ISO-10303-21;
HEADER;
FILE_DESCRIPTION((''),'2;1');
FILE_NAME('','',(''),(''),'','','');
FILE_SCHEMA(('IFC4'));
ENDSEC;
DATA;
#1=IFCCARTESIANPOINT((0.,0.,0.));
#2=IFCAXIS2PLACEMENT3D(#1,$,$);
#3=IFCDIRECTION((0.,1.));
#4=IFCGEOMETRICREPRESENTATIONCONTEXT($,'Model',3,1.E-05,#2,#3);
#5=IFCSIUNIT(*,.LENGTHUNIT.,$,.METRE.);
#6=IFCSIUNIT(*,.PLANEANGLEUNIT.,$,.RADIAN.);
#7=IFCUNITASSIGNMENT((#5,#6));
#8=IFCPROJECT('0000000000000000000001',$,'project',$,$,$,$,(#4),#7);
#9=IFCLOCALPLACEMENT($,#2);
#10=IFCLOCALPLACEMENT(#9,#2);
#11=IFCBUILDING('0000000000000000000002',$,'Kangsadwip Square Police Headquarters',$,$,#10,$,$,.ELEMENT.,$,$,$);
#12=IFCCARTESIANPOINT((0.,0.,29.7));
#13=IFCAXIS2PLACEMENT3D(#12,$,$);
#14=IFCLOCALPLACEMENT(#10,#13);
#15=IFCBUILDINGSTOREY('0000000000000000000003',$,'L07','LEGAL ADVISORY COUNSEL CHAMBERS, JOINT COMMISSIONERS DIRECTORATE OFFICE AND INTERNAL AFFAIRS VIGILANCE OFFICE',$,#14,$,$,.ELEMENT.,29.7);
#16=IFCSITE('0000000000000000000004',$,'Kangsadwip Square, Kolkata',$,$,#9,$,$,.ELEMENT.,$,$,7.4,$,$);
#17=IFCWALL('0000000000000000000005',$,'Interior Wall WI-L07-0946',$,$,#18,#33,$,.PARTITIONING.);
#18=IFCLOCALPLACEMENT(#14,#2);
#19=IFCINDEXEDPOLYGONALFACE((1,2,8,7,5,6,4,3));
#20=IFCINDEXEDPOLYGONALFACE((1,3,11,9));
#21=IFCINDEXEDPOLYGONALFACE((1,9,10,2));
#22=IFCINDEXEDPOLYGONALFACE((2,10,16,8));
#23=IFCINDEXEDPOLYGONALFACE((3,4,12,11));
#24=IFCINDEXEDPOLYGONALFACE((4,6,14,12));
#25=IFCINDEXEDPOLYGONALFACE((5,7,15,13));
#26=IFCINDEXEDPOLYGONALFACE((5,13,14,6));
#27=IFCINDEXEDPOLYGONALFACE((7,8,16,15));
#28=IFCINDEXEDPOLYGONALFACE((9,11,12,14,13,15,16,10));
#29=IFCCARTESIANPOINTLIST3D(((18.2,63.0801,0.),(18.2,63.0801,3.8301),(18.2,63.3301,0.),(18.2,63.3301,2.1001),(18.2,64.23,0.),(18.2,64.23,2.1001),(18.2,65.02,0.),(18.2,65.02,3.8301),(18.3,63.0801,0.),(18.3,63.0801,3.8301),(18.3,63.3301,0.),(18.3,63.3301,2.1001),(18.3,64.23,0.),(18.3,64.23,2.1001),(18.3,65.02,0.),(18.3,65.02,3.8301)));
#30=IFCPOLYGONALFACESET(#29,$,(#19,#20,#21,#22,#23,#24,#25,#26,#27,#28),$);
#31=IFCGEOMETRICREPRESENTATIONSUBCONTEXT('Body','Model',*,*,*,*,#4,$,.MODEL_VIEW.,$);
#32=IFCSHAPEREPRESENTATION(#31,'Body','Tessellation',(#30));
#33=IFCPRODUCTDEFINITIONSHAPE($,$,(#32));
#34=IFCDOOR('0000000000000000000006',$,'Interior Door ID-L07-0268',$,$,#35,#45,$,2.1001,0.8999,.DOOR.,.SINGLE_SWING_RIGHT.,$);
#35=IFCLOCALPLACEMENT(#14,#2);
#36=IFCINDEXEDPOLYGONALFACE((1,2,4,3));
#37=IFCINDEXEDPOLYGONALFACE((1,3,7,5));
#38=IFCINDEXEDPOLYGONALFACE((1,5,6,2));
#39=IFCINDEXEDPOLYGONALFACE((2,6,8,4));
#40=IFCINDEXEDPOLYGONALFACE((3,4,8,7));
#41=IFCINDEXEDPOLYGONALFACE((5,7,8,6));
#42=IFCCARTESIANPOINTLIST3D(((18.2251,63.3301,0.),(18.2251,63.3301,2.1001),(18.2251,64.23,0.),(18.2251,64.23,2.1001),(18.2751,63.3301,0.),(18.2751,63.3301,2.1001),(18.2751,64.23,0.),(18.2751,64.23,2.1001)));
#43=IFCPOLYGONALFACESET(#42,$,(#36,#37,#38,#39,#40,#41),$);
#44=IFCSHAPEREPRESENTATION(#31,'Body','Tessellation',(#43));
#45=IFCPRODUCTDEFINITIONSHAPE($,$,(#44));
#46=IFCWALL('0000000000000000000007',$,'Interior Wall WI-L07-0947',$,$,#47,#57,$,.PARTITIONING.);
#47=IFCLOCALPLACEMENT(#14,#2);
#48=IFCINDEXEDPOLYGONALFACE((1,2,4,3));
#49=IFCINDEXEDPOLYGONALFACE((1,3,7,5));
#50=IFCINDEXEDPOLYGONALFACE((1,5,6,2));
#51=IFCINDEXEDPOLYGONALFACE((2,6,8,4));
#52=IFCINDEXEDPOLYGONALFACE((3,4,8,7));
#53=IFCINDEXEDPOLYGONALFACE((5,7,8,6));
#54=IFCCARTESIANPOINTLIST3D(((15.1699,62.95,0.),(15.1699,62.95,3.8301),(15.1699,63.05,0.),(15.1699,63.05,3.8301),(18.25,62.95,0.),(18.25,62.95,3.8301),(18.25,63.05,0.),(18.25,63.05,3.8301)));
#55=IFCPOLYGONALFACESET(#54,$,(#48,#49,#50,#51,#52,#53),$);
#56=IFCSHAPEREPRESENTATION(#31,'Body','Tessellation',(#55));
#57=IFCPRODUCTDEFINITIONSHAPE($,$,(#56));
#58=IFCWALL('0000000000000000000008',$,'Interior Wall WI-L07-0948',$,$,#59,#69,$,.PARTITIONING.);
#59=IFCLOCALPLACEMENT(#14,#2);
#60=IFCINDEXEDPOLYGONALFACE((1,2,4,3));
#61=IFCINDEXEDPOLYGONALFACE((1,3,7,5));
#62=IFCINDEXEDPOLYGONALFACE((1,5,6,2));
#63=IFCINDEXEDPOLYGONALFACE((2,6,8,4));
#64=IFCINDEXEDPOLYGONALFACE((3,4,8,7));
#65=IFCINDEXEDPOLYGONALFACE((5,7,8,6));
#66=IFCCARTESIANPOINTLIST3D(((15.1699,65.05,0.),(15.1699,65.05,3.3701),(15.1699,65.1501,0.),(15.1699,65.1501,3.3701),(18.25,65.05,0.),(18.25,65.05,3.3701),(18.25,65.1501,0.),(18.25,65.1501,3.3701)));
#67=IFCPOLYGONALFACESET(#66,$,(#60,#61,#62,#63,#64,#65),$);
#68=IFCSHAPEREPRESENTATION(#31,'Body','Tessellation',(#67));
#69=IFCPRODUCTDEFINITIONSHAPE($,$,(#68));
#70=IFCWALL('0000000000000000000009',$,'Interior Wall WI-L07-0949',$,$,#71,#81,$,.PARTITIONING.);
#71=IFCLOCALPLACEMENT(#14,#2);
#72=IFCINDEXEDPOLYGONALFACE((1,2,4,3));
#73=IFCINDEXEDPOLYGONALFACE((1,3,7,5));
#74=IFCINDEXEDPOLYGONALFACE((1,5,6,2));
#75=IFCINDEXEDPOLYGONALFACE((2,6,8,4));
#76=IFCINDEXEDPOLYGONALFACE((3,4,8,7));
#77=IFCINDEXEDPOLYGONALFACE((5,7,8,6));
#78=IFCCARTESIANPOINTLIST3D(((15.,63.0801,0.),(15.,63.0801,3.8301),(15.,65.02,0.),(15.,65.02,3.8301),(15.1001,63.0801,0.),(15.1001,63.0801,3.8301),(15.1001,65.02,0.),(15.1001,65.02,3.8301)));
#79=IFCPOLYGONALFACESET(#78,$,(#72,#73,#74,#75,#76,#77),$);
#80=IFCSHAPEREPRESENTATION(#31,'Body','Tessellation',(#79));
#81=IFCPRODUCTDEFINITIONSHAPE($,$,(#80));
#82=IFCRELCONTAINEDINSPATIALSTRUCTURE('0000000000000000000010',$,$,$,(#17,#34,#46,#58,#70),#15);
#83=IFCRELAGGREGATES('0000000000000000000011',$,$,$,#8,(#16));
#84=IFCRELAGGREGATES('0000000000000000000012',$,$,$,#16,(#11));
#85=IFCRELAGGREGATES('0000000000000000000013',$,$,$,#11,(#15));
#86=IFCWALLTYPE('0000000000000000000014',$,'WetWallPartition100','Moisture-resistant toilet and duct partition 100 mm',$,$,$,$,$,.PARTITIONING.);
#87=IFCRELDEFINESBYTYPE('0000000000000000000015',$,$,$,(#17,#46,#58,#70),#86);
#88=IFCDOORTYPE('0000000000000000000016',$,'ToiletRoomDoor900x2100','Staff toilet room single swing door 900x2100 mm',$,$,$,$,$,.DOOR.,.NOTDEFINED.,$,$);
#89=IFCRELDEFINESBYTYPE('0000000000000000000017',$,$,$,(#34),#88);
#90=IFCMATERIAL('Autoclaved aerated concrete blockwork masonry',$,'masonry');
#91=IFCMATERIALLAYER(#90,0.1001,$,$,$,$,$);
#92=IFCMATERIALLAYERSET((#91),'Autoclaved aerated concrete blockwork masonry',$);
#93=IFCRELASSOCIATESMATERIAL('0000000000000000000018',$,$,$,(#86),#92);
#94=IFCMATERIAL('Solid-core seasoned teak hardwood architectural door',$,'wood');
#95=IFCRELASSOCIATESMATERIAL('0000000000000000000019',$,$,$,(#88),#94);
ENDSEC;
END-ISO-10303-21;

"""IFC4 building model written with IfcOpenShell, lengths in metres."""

from ifc_helpers import new_model, si_unit, direction, frame, frame_2d, origin, place, context, subcontext, project, spatial, rectangle, extrude, material, layer, layer_set, type_object, element, fill, save


model = new_model("IFC4")

# Units and contexts
model_context = context("Model", 3, precision=1e-05, world=origin(), true_north=direction((0.0, 1.0)))
body_context = subcontext(model_context, "Body", "Model", "MODEL_VIEW")
ifc_project = project(units=[si_unit("LENGTHUNIT", "METRE"), si_unit("PLANEANGLEUNIT", "RADIAN")], contexts=[model_context])

# Site, building, storey
site_placement = place(None, origin())
site = spatial("IfcSite", under=ifc_project, at=site_placement, Name="Kangsadwip Square, Kolkata", CompositionType="ELEMENT", RefElevation=7.4)
building_placement = place(site_placement, origin())
building = spatial("IfcBuilding", under=site, at=building_placement, Name="Kangsadwip Square Police Headquarters", CompositionType="ELEMENT")
storey_placement = place(building_placement, frame((0.0, 0.0, 29.7)))
storey = spatial("IfcBuildingStorey", under=building, at=storey_placement, Name="L07", Description="LEGAL ADVISORY COUNSEL CHAMBERS, JOINT COMMISSIONERS DIRECTORATE OFFICE AND INTERNAL AFFAIRS VIGILANCE OFFICE", CompositionType="ELEMENT", Elevation=29.7)

# Shared definitions
ifc_material_1 = material(Name="Autoclaved aerated concrete blockwork masonry", Category="masonry")
ifc_layer_1 = layer(ifc_material_1, 0.1001)
ifc_layer_set_1 = layer_set([ifc_layer_1], Name="Autoclaved aerated concrete blockwork masonry")
wall_type_1 = type_object("IfcWallType", Name="WetWallPartition100", Description="Moisture-resistant toilet and duct partition 100 mm", PredefinedType="PARTITIONING", material=ifc_layer_set_1)
ifc_material_2 = material(Name="Solid-core seasoned teak hardwood architectural door", Category="wood")
door_type_1 = type_object("IfcDoorType", Name="ToiletRoomDoor900x2100", Description="Staff toilet room single swing door 900x2100 mm", OperationType="NOTDEFINED", PredefinedType="DOOR", material=ifc_material_2)

# Wall, opening, door
wall_1_placement = place(storey_placement, frame((18.25, 63.0801, 0.0), z_axis=(0.0, 0.0, 1.0), x_axis=(0.0, 1.0, 0.0)))
wall_1 = element("IfcWall", 1, at=wall_1_placement, inside=storey, type_object=wall_type_1, Name="Interior Wall WI-L07-0946", PredefinedType="PARTITIONING", context=body_context, shape_type="SweptSolid", body=[
    extrude(rectangle(XDim=1.9399, YDim=0.1001, at=frame_2d((0.97, 0.0))), origin(), (0.0, 0.0, 1.0), 3.8301),
])
opening_1_placement = place(wall_1_placement, frame((0.25, 0.0, 0.0)))
opening_1 = element("IfcOpeningElement", 2, at=opening_1_placement, cuts=wall_1, PredefinedType="OPENING", context=body_context, shape_type="SweptSolid", body=[
    extrude(rectangle(XDim=0.8999, YDim=2.1001, at=frame_2d((0.45, 1.05))), frame((0.0, 0.0601, 0.0), z_axis=(0.0, -1.0, 0.0), x_axis=(1.0, 0.0, 0.0)), (0.0, 0.0, 1.0), 0.1201),
])
door_1_placement = place(opening_1_placement, origin())
door_1 = element("IfcDoor", 3, at=door_1_placement, inside=storey, type_object=door_type_1, Name="Interior Door ID-L07-0268", OperationType="SINGLE_SWING_RIGHT", OverallHeight=2.1001, OverallWidth=0.8999, PredefinedType="DOOR", context=body_context, shape_type="SweptSolid", body=[
    extrude(rectangle(XDim=0.8999, YDim=2.1001, at=frame_2d((0.45, 1.05))), frame((0.0, 0.0249, 0.0), z_axis=(0.0, -1.0, 0.0), x_axis=(1.0, 0.0, 0.0)), (0.0, 0.0, 1.0), 0.05),
])
fill(opening_1, door_1)

# Walls
wall_2_placement = place(storey_placement, frame((15.1699, 63.0, 0.0), z_axis=(0.0, 0.0, 1.0), x_axis=(1.0, 0.0, 0.0)))
element("IfcWall", 4, at=wall_2_placement, inside=storey, type_object=wall_type_1, Name="Interior Wall WI-L07-0947", PredefinedType="PARTITIONING", context=body_context, shape_type="SweptSolid", body=[
    extrude(rectangle(XDim=3.0801, YDim=0.1001, at=frame_2d((1.54, 0.0))), origin(), (0.0, 0.0, 1.0), 3.8301),
])
wall_3_placement = place(storey_placement, frame((15.1699, 65.1001, 0.0), z_axis=(0.0, 0.0, 1.0), x_axis=(1.0, 0.0, 0.0)))
element("IfcWall", 5, at=wall_3_placement, inside=storey, type_object=wall_type_1, Name="Interior Wall WI-L07-0948", PredefinedType="PARTITIONING", context=body_context, shape_type="SweptSolid", body=[
    extrude(rectangle(XDim=3.0801, YDim=0.1001, at=frame_2d((1.54, 0.0))), origin(), (0.0, 0.0, 1.0), 3.3701),
])
wall_4_placement = place(storey_placement, frame((15.05, 63.0801, 0.0), z_axis=(0.0, 0.0, 1.0), x_axis=(0.0, 1.0, 0.0)))
element("IfcWall", 6, at=wall_4_placement, inside=storey, type_object=wall_type_1, Name="Interior Wall WI-L07-0949", PredefinedType="PARTITIONING", context=body_context, shape_type="SweptSolid", body=[
    extrude(rectangle(XDim=1.9399, YDim=0.1001, at=frame_2d((0.97, 0.0))), origin(), (0.0, 0.0, 1.0), 3.8301),
])

save(model, "model.ifc")
